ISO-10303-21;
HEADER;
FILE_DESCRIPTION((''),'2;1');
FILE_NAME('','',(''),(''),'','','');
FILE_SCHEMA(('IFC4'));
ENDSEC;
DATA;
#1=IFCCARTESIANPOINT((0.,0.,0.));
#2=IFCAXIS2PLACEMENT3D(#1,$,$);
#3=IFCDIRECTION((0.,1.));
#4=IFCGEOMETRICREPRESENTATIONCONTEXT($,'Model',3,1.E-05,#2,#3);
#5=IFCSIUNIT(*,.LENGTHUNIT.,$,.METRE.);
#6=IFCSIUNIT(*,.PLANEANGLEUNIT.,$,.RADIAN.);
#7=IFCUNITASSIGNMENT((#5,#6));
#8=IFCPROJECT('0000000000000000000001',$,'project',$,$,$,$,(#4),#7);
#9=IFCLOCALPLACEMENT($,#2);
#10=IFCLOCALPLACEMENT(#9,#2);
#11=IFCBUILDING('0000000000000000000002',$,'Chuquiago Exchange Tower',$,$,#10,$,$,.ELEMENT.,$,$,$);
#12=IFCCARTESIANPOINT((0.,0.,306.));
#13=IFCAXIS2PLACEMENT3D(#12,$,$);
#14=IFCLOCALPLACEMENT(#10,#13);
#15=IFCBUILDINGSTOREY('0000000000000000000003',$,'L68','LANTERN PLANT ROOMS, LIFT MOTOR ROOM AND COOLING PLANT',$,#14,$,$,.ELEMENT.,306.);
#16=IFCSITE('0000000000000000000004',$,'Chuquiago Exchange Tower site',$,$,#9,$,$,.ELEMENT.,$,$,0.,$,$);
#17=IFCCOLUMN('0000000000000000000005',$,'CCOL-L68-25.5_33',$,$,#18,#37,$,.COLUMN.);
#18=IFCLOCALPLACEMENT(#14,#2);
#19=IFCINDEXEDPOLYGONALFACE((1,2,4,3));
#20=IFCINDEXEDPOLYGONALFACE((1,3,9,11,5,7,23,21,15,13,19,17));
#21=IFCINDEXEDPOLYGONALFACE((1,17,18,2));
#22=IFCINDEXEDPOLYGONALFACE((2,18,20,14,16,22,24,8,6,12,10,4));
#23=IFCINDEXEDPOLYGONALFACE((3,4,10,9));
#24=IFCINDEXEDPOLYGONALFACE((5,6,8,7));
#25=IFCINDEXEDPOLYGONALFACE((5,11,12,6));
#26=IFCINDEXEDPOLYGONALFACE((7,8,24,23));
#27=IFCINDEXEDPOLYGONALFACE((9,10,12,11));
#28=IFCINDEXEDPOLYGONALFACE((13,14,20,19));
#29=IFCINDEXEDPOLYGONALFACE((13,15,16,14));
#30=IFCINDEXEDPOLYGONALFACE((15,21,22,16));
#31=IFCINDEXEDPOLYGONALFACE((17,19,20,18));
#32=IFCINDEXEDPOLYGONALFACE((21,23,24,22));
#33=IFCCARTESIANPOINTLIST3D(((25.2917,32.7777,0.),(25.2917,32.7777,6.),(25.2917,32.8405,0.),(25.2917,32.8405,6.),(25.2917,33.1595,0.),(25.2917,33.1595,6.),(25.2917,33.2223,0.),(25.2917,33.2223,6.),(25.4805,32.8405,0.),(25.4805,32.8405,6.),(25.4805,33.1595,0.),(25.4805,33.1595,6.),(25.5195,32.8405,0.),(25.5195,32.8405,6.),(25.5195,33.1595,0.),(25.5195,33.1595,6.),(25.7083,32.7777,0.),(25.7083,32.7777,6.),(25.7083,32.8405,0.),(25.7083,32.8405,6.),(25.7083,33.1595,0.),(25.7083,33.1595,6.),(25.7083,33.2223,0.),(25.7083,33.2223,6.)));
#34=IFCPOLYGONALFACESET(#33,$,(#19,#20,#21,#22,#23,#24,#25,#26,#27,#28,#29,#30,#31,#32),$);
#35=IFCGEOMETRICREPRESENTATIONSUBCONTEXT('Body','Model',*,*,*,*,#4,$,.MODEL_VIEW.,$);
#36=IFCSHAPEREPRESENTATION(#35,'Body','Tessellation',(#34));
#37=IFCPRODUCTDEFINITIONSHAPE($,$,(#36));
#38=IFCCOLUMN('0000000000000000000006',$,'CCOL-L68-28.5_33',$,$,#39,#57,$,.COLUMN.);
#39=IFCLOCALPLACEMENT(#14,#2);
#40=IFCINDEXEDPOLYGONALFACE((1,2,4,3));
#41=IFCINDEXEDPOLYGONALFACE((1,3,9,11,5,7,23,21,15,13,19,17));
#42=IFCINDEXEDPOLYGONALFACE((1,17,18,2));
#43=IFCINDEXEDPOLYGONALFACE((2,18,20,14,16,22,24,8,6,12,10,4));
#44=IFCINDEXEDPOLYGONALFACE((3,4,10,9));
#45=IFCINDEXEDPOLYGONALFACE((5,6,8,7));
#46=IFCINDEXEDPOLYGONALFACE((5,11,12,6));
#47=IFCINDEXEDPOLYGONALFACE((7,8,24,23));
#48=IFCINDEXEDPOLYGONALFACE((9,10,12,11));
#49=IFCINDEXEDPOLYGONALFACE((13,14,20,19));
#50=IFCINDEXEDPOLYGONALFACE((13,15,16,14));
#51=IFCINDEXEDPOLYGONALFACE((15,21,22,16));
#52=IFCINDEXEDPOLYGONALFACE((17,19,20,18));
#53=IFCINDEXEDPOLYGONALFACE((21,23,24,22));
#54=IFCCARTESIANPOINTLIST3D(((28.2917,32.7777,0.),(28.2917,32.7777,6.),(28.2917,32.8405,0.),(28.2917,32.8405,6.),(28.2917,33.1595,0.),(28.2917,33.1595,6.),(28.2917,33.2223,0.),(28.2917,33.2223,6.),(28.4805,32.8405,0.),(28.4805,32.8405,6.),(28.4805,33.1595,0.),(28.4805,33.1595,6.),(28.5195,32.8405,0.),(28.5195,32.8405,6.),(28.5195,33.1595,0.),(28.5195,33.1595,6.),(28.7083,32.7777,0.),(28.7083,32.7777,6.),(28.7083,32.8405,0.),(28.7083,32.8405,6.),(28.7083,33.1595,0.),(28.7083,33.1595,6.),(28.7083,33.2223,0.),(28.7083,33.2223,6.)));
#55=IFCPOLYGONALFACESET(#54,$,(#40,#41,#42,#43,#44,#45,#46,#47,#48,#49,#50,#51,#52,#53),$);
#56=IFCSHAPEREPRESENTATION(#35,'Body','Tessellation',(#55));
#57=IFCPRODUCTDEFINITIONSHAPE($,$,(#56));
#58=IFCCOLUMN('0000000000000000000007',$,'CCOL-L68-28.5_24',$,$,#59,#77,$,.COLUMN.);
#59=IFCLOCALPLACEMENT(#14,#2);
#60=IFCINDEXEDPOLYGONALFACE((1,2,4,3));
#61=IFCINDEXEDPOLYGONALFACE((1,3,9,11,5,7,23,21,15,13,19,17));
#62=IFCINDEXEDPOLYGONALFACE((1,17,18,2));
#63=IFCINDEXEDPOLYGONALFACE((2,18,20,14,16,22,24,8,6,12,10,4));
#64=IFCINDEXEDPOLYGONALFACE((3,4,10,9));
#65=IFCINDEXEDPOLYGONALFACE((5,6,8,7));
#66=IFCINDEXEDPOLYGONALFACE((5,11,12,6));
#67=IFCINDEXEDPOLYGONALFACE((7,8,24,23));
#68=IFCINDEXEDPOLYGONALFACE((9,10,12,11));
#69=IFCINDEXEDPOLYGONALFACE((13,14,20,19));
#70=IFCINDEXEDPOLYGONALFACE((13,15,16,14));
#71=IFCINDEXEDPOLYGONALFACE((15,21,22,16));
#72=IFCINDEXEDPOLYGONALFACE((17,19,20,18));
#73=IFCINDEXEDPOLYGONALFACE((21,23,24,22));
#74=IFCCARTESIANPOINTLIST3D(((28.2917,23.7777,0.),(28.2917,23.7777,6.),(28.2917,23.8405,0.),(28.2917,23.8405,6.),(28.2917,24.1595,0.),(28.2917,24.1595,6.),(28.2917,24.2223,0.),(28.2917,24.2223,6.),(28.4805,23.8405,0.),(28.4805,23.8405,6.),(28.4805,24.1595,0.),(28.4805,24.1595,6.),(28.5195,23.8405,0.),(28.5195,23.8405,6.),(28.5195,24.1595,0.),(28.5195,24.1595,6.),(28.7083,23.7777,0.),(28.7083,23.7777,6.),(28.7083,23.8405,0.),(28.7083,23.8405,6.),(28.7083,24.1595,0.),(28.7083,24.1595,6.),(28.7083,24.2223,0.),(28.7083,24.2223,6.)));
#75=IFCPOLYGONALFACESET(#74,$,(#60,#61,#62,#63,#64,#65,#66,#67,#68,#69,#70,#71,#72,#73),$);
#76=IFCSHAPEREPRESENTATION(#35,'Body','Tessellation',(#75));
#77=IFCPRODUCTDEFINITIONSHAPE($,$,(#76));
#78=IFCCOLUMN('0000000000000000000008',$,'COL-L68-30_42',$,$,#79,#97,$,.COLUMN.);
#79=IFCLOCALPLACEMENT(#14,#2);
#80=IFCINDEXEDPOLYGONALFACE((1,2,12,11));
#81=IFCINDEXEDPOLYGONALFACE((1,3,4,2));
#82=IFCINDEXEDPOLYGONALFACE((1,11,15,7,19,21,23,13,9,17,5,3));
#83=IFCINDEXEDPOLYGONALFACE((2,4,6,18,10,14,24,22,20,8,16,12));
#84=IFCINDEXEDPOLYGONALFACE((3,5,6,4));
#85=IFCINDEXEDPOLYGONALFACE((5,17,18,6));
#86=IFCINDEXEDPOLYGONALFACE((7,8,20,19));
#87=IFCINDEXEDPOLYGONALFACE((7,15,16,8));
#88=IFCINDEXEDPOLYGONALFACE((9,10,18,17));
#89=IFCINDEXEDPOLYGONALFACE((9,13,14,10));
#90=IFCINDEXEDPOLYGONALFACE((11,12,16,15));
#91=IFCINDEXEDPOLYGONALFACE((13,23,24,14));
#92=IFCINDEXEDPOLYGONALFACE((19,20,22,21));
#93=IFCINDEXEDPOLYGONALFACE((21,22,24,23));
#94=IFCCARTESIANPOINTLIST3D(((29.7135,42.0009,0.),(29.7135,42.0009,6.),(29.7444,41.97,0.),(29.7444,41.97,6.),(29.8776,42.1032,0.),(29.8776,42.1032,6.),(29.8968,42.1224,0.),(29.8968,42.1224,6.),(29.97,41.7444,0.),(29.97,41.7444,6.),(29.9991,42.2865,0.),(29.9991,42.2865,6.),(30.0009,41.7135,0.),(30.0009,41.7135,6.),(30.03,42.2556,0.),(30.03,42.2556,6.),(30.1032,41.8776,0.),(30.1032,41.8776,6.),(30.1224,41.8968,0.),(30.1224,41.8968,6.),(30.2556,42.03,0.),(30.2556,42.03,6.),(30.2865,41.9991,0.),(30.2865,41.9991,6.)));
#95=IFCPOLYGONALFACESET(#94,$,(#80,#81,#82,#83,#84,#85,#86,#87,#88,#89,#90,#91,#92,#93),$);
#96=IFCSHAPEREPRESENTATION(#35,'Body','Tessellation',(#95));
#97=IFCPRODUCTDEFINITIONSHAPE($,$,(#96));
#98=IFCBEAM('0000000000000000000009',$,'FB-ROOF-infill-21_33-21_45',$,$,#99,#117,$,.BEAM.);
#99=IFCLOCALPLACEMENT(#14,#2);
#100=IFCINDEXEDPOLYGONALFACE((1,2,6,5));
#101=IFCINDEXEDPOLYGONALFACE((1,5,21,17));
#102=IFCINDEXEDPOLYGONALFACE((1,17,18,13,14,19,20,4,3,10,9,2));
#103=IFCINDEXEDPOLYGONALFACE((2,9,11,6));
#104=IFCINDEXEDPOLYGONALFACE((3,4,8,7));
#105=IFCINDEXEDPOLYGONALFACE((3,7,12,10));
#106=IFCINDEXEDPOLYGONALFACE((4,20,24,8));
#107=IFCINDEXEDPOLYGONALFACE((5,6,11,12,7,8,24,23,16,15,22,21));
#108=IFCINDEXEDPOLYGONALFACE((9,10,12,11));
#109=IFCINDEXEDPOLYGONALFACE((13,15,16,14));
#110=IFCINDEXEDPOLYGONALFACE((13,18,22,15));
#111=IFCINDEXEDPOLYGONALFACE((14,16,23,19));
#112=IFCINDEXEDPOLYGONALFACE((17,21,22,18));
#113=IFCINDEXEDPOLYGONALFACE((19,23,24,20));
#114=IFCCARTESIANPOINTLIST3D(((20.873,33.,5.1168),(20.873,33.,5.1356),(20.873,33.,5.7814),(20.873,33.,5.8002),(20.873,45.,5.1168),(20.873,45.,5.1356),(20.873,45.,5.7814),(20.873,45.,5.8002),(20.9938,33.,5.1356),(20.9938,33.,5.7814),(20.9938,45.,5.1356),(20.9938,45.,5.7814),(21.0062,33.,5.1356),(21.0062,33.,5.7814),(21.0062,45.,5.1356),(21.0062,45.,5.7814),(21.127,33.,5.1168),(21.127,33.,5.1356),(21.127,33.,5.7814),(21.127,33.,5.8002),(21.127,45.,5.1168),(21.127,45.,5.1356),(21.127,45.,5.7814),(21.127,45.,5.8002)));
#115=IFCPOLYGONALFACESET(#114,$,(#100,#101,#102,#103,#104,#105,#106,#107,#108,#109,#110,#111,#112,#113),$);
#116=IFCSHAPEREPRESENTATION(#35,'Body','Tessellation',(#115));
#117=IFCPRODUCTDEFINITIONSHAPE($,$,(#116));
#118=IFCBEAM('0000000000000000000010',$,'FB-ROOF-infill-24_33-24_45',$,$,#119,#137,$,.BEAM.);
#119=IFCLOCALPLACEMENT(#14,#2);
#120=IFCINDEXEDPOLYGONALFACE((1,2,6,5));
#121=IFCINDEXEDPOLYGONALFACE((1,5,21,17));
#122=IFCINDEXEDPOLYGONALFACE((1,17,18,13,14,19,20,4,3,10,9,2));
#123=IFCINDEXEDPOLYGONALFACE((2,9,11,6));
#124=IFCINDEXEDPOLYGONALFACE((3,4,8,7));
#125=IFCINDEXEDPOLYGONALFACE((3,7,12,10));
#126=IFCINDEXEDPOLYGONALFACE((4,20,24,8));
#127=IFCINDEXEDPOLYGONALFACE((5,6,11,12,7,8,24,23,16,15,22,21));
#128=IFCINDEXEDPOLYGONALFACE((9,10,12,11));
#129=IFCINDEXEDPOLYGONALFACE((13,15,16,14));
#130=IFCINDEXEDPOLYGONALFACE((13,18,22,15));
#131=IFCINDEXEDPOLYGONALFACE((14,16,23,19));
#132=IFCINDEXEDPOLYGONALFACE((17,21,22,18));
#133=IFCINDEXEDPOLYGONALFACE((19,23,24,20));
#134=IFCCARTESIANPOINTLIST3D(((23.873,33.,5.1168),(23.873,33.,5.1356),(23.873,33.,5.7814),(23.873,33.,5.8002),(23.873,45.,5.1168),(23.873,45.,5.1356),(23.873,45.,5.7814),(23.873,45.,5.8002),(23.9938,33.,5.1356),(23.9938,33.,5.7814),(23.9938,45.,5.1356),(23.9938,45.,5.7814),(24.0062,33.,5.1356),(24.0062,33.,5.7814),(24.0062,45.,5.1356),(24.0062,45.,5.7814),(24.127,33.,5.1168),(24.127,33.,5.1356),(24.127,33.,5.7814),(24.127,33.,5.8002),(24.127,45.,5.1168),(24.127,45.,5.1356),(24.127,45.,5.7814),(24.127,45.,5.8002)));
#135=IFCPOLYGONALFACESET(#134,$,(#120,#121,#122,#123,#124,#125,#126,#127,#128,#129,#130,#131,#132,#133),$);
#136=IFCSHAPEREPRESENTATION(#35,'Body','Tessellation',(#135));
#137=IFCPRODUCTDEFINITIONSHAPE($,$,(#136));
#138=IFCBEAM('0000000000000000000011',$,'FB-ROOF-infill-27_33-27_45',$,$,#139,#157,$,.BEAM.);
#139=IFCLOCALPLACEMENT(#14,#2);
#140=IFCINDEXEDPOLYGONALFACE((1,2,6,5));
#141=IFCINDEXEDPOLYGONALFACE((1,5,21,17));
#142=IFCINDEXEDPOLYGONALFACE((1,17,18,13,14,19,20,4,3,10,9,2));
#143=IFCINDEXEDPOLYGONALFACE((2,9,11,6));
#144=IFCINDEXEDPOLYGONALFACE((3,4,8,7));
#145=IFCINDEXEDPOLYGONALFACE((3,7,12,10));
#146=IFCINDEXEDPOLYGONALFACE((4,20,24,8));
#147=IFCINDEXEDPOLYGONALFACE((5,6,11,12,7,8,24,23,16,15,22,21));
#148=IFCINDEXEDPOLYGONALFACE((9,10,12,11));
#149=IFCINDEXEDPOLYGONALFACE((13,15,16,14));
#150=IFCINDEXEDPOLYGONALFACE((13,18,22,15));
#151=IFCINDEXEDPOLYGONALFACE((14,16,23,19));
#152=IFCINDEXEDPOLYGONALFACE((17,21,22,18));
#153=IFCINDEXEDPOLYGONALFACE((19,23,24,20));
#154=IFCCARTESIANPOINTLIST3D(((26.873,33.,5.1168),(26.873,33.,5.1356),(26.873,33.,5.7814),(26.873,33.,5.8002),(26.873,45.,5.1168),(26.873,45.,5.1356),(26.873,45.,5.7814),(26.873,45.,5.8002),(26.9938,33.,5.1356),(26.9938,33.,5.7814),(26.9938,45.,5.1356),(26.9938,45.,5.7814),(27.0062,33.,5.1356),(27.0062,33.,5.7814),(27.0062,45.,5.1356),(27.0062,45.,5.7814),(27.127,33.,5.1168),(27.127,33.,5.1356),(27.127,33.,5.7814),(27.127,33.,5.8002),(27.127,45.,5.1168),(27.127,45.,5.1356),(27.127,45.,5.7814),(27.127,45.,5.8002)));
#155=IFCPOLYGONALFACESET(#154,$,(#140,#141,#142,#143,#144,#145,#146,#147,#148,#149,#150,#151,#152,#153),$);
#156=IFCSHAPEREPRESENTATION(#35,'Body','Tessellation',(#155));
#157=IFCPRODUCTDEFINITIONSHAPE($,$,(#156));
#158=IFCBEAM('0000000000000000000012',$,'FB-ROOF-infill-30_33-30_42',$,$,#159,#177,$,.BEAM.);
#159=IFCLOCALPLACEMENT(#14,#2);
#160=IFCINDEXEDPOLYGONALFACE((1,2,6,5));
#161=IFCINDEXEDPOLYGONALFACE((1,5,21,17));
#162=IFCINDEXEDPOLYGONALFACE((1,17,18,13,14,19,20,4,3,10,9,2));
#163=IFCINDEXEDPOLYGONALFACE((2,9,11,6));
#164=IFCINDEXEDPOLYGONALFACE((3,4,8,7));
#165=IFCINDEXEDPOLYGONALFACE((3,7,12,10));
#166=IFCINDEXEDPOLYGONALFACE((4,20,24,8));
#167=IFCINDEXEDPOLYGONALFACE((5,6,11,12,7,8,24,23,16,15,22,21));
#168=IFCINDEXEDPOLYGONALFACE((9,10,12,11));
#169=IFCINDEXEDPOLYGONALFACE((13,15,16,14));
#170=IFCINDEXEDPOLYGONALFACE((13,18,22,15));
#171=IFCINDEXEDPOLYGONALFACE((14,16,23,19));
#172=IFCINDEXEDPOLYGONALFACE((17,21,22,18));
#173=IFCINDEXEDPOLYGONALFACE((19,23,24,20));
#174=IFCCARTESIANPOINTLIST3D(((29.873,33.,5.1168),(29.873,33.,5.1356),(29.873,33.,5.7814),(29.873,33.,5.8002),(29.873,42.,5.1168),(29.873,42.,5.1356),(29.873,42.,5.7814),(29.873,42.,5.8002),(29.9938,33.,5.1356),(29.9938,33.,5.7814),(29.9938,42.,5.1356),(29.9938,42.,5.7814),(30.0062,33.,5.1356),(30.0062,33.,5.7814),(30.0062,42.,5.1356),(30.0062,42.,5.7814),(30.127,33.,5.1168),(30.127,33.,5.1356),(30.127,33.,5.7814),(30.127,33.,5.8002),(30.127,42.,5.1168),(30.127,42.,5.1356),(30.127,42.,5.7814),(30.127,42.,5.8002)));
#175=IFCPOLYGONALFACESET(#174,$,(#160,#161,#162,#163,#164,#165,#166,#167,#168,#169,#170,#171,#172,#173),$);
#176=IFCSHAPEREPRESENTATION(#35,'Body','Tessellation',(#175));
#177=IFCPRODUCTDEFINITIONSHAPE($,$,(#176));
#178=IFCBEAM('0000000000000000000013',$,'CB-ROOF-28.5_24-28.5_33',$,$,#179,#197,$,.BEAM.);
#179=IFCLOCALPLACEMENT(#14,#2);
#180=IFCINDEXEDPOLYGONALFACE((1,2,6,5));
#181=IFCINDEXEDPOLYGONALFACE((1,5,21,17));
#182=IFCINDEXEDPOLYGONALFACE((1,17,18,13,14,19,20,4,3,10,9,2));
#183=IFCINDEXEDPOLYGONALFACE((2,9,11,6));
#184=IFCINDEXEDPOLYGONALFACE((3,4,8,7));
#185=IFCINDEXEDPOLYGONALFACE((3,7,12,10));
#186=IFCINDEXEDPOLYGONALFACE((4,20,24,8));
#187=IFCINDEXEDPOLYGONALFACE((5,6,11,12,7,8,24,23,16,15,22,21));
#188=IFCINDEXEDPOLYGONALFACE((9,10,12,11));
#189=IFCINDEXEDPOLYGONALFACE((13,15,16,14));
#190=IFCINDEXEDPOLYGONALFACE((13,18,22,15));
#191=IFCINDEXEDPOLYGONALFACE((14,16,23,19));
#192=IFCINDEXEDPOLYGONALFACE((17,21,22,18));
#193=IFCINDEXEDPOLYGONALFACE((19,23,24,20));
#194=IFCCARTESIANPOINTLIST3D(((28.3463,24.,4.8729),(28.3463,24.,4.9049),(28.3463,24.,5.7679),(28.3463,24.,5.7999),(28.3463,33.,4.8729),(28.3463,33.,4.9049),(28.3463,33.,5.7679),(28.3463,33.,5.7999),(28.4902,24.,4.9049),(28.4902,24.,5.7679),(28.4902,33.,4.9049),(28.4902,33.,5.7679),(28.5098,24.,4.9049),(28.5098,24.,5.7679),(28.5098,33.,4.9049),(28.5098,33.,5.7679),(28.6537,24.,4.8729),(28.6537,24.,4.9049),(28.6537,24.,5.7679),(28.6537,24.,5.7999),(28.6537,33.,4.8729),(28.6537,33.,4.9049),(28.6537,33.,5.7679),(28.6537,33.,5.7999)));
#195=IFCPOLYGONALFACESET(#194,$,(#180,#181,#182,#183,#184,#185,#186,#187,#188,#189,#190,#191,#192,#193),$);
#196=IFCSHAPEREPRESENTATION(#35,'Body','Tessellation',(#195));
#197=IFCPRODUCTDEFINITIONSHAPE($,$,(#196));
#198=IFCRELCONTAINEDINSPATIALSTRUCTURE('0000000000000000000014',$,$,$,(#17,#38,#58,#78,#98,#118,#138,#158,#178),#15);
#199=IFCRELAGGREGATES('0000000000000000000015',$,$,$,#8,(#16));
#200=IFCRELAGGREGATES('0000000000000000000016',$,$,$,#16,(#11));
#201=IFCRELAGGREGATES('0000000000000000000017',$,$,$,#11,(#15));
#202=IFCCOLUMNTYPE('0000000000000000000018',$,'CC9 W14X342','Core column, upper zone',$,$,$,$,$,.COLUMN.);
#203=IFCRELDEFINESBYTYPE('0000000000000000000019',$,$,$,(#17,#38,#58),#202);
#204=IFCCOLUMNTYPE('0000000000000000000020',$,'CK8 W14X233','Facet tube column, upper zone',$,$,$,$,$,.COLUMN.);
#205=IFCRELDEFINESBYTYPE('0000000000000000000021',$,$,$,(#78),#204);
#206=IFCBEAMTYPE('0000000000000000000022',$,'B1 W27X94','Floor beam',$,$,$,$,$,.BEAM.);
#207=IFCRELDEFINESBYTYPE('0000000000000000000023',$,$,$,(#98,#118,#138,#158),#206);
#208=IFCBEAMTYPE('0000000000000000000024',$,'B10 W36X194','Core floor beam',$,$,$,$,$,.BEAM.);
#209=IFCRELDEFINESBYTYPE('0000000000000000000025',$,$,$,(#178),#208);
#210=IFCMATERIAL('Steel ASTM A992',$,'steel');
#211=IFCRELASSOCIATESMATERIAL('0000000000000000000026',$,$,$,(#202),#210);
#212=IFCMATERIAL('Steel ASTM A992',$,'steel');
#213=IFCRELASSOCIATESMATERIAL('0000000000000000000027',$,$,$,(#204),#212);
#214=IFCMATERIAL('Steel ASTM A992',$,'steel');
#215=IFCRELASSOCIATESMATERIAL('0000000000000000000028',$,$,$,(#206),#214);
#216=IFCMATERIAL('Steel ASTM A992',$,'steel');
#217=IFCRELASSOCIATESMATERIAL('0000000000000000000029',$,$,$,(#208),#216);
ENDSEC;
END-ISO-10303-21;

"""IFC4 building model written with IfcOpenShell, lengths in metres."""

from ifc_helpers import new_model, si_unit, direction, frame, origin, origin_2d, place, context, subcontext, project, spatial, i_section, extrude, material, material_profile, profile_set, type_object, element, save


model = new_model("IFC4")

# Units and contexts
model_context = context("Model", 3, precision=1e-05, world=origin(), true_north=direction((0.0, 1.0)))
body_context = subcontext(model_context, "Body", "Model", "MODEL_VIEW")
ifc_project = project(units=[si_unit("LENGTHUNIT", "METRE"), si_unit("PLANEANGLEUNIT", "RADIAN")], contexts=[model_context])

# Site, building, storey
site_placement = place(None, origin())
site = spatial("IfcSite", under=ifc_project, at=site_placement, Name="Chuquiago Exchange Tower site", CompositionType="ELEMENT", RefElevation=0.0)
building_placement = place(site_placement, origin())
building = spatial("IfcBuilding", under=site, at=building_placement, Name="Chuquiago Exchange Tower", CompositionType="ELEMENT")
storey_placement = place(building_placement, frame((0.0, 0.0, 306.0)))
storey = spatial("IfcBuildingStorey", under=building, at=storey_placement, Name="L68", Description="LANTERN PLANT ROOMS, LIFT MOTOR ROOM AND COOLING PLANT", CompositionType="ELEMENT", Elevation=306.0)

# Columns
ifc_material_1 = material(Name="Steel ASTM A992", Category="steel")
ifc_material_profile_1 = material_profile(ifc_material_1, i_section(OverallWidth=0.4165, OverallDepth=0.4446, WebThickness=0.0391, FlangeThickness=0.0627, at=origin_2d()), Name="W14X342")
ifc_profile_set_1 = profile_set([ifc_material_profile_1], Name="Steel ASTM A992")
column_type_1 = type_object("IfcColumnType", Name="CC9 W14X342", Description="Core column, upper zone", PredefinedType="COLUMN", material=ifc_profile_set_1)
for number, where, z_axis, x_axis, name in (
    (1, (25.5, 33.0, 0.0), (0.0, 0.0, 1.0), (1.0, 0.0, 0.0), "CCOL-L68-25.5_33"),
    (2, (28.5, 33.0, 0.0), (0.0, 0.0, 1.0), (1.0, 0.0, 0.0), "CCOL-L68-28.5_33"),
    (3, (28.5, 24.0, 0.0), (0.0, 0.0, 1.0), (1.0, 0.0, 0.0), "CCOL-L68-28.5_24"),
):
    element("IfcColumn", number, at=place(storey_placement, frame(where, z_axis=z_axis, x_axis=x_axis)), inside=storey, type_object=column_type_1, Name=name, PredefinedType="COLUMN", context=body_context, shape_type="SweptSolid", body=[
        extrude(i_section(OverallWidth=0.4165, OverallDepth=0.4446, WebThickness=0.0391, FlangeThickness=0.0627, at=origin_2d()), origin(), (0.0, 0.0, 1.0), 6.0),
    ])
ifc_material_2 = material(Name="Steel ASTM A992", Category="steel")
ifc_material_profile_2 = material_profile(ifc_material_2, i_section(OverallWidth=0.4038, OverallDepth=0.4065, WebThickness=0.0271, FlangeThickness=0.0437, at=origin_2d()), Name="W14X233")
ifc_profile_set_2 = profile_set([ifc_material_profile_2], Name="Steel ASTM A992")
column_type_2 = type_object("IfcColumnType", Name="CK8 W14X233", Description="Facet tube column, upper zone", PredefinedType="COLUMN", material=ifc_profile_set_2)
column_placement = place(storey_placement, frame((30.0, 42.0, 0.0), z_axis=(0.0, 0.0, 1.0), x_axis=(0.707107, 0.707107, 0.0)))
element("IfcColumn", 4, at=column_placement, inside=storey, type_object=column_type_2, Name="COL-L68-30_42", PredefinedType="COLUMN", context=body_context, shape_type="SweptSolid", body=[
    extrude(i_section(OverallWidth=0.4038, OverallDepth=0.4065, WebThickness=0.0271, FlangeThickness=0.0437, at=origin_2d()), origin(), (0.0, 0.0, 1.0), 6.0),
])

# Beams
ifc_material_3 = material(Name="Steel ASTM A992", Category="steel")
ifc_material_profile_3 = material_profile(ifc_material_3, i_section(OverallWidth=0.2539, OverallDepth=0.6833, WebThickness=0.0125, FlangeThickness=0.0188, at=origin_2d()), Name="W27X94")
ifc_profile_set_3 = profile_set([ifc_material_profile_3], Name="Steel ASTM A992")
beam_type_1 = type_object("IfcBeamType", Name="B1 W27X94", Description="Floor beam", PredefinedType="BEAM", material=ifc_profile_set_3)
for number, where, z_axis, x_axis, name in (
    (5, (21.0, 33.0, 5.4585), (0.0, 1.0, 0.0), (-1.0, 0.0, 0.0), "FB-ROOF-infill-21_33-21_45"),
    (6, (24.0, 33.0, 5.4585), (0.0, 1.0, 0.0), (-1.0, 0.0, 0.0), "FB-ROOF-infill-24_33-24_45"),
    (7, (27.0, 33.0, 5.4585), (0.0, 1.0, 0.0), (-1.0, 0.0, 0.0), "FB-ROOF-infill-27_33-27_45"),
):
    element("IfcBeam", number, at=place(storey_placement, frame(where, z_axis=z_axis, x_axis=x_axis)), inside=storey, type_object=beam_type_1, Name=name, PredefinedType="BEAM", context=body_context, shape_type="SweptSolid", body=[
        extrude(i_section(OverallWidth=0.2539, OverallDepth=0.6833, WebThickness=0.0125, FlangeThickness=0.0188, at=origin_2d()), origin(), (0.0, 0.0, 1.0), 12.0),
    ])
beam_1_placement = place(storey_placement, frame((30.0, 33.0, 5.4585), z_axis=(0.0, 1.0, 0.0), x_axis=(-1.0, 0.0, 0.0)))
element("IfcBeam", 8, at=beam_1_placement, inside=storey, type_object=beam_type_1, Name="FB-ROOF-infill-30_33-30_42", PredefinedType="BEAM", context=body_context, shape_type="SweptSolid", body=[
    extrude(i_section(OverallWidth=0.2539, OverallDepth=0.6833, WebThickness=0.0125, FlangeThickness=0.0188, at=origin_2d()), origin(), (0.0, 0.0, 1.0), 9.0),
])
ifc_material_4 = material(Name="Steel ASTM A992", Category="steel")
ifc_material_profile_4 = material_profile(ifc_material_4, i_section(OverallWidth=0.3074, OverallDepth=0.927, WebThickness=0.0195, FlangeThickness=0.032, at=origin_2d()), Name="W36X194")
ifc_profile_set_4 = profile_set([ifc_material_profile_4], Name="Steel ASTM A992")
beam_type_2 = type_object("IfcBeamType", Name="B10 W36X194", Description="Core floor beam", PredefinedType="BEAM", material=ifc_profile_set_4)
beam_2_placement = place(storey_placement, frame((28.5, 24.0, 5.3364), z_axis=(0.0, 1.0, 0.0), x_axis=(-1.0, 0.0, 0.0)))
element("IfcBeam", 9, at=beam_2_placement, inside=storey, type_object=beam_type_2, Name="CB-ROOF-28.5_24-28.5_33", PredefinedType="BEAM", context=body_context, shape_type="SweptSolid", body=[
    extrude(i_section(OverallWidth=0.3074, OverallDepth=0.927, WebThickness=0.0195, FlangeThickness=0.032, at=origin_2d()), origin(), (0.0, 0.0, 1.0), 9.0),
])

save(model, "model.ifc")
